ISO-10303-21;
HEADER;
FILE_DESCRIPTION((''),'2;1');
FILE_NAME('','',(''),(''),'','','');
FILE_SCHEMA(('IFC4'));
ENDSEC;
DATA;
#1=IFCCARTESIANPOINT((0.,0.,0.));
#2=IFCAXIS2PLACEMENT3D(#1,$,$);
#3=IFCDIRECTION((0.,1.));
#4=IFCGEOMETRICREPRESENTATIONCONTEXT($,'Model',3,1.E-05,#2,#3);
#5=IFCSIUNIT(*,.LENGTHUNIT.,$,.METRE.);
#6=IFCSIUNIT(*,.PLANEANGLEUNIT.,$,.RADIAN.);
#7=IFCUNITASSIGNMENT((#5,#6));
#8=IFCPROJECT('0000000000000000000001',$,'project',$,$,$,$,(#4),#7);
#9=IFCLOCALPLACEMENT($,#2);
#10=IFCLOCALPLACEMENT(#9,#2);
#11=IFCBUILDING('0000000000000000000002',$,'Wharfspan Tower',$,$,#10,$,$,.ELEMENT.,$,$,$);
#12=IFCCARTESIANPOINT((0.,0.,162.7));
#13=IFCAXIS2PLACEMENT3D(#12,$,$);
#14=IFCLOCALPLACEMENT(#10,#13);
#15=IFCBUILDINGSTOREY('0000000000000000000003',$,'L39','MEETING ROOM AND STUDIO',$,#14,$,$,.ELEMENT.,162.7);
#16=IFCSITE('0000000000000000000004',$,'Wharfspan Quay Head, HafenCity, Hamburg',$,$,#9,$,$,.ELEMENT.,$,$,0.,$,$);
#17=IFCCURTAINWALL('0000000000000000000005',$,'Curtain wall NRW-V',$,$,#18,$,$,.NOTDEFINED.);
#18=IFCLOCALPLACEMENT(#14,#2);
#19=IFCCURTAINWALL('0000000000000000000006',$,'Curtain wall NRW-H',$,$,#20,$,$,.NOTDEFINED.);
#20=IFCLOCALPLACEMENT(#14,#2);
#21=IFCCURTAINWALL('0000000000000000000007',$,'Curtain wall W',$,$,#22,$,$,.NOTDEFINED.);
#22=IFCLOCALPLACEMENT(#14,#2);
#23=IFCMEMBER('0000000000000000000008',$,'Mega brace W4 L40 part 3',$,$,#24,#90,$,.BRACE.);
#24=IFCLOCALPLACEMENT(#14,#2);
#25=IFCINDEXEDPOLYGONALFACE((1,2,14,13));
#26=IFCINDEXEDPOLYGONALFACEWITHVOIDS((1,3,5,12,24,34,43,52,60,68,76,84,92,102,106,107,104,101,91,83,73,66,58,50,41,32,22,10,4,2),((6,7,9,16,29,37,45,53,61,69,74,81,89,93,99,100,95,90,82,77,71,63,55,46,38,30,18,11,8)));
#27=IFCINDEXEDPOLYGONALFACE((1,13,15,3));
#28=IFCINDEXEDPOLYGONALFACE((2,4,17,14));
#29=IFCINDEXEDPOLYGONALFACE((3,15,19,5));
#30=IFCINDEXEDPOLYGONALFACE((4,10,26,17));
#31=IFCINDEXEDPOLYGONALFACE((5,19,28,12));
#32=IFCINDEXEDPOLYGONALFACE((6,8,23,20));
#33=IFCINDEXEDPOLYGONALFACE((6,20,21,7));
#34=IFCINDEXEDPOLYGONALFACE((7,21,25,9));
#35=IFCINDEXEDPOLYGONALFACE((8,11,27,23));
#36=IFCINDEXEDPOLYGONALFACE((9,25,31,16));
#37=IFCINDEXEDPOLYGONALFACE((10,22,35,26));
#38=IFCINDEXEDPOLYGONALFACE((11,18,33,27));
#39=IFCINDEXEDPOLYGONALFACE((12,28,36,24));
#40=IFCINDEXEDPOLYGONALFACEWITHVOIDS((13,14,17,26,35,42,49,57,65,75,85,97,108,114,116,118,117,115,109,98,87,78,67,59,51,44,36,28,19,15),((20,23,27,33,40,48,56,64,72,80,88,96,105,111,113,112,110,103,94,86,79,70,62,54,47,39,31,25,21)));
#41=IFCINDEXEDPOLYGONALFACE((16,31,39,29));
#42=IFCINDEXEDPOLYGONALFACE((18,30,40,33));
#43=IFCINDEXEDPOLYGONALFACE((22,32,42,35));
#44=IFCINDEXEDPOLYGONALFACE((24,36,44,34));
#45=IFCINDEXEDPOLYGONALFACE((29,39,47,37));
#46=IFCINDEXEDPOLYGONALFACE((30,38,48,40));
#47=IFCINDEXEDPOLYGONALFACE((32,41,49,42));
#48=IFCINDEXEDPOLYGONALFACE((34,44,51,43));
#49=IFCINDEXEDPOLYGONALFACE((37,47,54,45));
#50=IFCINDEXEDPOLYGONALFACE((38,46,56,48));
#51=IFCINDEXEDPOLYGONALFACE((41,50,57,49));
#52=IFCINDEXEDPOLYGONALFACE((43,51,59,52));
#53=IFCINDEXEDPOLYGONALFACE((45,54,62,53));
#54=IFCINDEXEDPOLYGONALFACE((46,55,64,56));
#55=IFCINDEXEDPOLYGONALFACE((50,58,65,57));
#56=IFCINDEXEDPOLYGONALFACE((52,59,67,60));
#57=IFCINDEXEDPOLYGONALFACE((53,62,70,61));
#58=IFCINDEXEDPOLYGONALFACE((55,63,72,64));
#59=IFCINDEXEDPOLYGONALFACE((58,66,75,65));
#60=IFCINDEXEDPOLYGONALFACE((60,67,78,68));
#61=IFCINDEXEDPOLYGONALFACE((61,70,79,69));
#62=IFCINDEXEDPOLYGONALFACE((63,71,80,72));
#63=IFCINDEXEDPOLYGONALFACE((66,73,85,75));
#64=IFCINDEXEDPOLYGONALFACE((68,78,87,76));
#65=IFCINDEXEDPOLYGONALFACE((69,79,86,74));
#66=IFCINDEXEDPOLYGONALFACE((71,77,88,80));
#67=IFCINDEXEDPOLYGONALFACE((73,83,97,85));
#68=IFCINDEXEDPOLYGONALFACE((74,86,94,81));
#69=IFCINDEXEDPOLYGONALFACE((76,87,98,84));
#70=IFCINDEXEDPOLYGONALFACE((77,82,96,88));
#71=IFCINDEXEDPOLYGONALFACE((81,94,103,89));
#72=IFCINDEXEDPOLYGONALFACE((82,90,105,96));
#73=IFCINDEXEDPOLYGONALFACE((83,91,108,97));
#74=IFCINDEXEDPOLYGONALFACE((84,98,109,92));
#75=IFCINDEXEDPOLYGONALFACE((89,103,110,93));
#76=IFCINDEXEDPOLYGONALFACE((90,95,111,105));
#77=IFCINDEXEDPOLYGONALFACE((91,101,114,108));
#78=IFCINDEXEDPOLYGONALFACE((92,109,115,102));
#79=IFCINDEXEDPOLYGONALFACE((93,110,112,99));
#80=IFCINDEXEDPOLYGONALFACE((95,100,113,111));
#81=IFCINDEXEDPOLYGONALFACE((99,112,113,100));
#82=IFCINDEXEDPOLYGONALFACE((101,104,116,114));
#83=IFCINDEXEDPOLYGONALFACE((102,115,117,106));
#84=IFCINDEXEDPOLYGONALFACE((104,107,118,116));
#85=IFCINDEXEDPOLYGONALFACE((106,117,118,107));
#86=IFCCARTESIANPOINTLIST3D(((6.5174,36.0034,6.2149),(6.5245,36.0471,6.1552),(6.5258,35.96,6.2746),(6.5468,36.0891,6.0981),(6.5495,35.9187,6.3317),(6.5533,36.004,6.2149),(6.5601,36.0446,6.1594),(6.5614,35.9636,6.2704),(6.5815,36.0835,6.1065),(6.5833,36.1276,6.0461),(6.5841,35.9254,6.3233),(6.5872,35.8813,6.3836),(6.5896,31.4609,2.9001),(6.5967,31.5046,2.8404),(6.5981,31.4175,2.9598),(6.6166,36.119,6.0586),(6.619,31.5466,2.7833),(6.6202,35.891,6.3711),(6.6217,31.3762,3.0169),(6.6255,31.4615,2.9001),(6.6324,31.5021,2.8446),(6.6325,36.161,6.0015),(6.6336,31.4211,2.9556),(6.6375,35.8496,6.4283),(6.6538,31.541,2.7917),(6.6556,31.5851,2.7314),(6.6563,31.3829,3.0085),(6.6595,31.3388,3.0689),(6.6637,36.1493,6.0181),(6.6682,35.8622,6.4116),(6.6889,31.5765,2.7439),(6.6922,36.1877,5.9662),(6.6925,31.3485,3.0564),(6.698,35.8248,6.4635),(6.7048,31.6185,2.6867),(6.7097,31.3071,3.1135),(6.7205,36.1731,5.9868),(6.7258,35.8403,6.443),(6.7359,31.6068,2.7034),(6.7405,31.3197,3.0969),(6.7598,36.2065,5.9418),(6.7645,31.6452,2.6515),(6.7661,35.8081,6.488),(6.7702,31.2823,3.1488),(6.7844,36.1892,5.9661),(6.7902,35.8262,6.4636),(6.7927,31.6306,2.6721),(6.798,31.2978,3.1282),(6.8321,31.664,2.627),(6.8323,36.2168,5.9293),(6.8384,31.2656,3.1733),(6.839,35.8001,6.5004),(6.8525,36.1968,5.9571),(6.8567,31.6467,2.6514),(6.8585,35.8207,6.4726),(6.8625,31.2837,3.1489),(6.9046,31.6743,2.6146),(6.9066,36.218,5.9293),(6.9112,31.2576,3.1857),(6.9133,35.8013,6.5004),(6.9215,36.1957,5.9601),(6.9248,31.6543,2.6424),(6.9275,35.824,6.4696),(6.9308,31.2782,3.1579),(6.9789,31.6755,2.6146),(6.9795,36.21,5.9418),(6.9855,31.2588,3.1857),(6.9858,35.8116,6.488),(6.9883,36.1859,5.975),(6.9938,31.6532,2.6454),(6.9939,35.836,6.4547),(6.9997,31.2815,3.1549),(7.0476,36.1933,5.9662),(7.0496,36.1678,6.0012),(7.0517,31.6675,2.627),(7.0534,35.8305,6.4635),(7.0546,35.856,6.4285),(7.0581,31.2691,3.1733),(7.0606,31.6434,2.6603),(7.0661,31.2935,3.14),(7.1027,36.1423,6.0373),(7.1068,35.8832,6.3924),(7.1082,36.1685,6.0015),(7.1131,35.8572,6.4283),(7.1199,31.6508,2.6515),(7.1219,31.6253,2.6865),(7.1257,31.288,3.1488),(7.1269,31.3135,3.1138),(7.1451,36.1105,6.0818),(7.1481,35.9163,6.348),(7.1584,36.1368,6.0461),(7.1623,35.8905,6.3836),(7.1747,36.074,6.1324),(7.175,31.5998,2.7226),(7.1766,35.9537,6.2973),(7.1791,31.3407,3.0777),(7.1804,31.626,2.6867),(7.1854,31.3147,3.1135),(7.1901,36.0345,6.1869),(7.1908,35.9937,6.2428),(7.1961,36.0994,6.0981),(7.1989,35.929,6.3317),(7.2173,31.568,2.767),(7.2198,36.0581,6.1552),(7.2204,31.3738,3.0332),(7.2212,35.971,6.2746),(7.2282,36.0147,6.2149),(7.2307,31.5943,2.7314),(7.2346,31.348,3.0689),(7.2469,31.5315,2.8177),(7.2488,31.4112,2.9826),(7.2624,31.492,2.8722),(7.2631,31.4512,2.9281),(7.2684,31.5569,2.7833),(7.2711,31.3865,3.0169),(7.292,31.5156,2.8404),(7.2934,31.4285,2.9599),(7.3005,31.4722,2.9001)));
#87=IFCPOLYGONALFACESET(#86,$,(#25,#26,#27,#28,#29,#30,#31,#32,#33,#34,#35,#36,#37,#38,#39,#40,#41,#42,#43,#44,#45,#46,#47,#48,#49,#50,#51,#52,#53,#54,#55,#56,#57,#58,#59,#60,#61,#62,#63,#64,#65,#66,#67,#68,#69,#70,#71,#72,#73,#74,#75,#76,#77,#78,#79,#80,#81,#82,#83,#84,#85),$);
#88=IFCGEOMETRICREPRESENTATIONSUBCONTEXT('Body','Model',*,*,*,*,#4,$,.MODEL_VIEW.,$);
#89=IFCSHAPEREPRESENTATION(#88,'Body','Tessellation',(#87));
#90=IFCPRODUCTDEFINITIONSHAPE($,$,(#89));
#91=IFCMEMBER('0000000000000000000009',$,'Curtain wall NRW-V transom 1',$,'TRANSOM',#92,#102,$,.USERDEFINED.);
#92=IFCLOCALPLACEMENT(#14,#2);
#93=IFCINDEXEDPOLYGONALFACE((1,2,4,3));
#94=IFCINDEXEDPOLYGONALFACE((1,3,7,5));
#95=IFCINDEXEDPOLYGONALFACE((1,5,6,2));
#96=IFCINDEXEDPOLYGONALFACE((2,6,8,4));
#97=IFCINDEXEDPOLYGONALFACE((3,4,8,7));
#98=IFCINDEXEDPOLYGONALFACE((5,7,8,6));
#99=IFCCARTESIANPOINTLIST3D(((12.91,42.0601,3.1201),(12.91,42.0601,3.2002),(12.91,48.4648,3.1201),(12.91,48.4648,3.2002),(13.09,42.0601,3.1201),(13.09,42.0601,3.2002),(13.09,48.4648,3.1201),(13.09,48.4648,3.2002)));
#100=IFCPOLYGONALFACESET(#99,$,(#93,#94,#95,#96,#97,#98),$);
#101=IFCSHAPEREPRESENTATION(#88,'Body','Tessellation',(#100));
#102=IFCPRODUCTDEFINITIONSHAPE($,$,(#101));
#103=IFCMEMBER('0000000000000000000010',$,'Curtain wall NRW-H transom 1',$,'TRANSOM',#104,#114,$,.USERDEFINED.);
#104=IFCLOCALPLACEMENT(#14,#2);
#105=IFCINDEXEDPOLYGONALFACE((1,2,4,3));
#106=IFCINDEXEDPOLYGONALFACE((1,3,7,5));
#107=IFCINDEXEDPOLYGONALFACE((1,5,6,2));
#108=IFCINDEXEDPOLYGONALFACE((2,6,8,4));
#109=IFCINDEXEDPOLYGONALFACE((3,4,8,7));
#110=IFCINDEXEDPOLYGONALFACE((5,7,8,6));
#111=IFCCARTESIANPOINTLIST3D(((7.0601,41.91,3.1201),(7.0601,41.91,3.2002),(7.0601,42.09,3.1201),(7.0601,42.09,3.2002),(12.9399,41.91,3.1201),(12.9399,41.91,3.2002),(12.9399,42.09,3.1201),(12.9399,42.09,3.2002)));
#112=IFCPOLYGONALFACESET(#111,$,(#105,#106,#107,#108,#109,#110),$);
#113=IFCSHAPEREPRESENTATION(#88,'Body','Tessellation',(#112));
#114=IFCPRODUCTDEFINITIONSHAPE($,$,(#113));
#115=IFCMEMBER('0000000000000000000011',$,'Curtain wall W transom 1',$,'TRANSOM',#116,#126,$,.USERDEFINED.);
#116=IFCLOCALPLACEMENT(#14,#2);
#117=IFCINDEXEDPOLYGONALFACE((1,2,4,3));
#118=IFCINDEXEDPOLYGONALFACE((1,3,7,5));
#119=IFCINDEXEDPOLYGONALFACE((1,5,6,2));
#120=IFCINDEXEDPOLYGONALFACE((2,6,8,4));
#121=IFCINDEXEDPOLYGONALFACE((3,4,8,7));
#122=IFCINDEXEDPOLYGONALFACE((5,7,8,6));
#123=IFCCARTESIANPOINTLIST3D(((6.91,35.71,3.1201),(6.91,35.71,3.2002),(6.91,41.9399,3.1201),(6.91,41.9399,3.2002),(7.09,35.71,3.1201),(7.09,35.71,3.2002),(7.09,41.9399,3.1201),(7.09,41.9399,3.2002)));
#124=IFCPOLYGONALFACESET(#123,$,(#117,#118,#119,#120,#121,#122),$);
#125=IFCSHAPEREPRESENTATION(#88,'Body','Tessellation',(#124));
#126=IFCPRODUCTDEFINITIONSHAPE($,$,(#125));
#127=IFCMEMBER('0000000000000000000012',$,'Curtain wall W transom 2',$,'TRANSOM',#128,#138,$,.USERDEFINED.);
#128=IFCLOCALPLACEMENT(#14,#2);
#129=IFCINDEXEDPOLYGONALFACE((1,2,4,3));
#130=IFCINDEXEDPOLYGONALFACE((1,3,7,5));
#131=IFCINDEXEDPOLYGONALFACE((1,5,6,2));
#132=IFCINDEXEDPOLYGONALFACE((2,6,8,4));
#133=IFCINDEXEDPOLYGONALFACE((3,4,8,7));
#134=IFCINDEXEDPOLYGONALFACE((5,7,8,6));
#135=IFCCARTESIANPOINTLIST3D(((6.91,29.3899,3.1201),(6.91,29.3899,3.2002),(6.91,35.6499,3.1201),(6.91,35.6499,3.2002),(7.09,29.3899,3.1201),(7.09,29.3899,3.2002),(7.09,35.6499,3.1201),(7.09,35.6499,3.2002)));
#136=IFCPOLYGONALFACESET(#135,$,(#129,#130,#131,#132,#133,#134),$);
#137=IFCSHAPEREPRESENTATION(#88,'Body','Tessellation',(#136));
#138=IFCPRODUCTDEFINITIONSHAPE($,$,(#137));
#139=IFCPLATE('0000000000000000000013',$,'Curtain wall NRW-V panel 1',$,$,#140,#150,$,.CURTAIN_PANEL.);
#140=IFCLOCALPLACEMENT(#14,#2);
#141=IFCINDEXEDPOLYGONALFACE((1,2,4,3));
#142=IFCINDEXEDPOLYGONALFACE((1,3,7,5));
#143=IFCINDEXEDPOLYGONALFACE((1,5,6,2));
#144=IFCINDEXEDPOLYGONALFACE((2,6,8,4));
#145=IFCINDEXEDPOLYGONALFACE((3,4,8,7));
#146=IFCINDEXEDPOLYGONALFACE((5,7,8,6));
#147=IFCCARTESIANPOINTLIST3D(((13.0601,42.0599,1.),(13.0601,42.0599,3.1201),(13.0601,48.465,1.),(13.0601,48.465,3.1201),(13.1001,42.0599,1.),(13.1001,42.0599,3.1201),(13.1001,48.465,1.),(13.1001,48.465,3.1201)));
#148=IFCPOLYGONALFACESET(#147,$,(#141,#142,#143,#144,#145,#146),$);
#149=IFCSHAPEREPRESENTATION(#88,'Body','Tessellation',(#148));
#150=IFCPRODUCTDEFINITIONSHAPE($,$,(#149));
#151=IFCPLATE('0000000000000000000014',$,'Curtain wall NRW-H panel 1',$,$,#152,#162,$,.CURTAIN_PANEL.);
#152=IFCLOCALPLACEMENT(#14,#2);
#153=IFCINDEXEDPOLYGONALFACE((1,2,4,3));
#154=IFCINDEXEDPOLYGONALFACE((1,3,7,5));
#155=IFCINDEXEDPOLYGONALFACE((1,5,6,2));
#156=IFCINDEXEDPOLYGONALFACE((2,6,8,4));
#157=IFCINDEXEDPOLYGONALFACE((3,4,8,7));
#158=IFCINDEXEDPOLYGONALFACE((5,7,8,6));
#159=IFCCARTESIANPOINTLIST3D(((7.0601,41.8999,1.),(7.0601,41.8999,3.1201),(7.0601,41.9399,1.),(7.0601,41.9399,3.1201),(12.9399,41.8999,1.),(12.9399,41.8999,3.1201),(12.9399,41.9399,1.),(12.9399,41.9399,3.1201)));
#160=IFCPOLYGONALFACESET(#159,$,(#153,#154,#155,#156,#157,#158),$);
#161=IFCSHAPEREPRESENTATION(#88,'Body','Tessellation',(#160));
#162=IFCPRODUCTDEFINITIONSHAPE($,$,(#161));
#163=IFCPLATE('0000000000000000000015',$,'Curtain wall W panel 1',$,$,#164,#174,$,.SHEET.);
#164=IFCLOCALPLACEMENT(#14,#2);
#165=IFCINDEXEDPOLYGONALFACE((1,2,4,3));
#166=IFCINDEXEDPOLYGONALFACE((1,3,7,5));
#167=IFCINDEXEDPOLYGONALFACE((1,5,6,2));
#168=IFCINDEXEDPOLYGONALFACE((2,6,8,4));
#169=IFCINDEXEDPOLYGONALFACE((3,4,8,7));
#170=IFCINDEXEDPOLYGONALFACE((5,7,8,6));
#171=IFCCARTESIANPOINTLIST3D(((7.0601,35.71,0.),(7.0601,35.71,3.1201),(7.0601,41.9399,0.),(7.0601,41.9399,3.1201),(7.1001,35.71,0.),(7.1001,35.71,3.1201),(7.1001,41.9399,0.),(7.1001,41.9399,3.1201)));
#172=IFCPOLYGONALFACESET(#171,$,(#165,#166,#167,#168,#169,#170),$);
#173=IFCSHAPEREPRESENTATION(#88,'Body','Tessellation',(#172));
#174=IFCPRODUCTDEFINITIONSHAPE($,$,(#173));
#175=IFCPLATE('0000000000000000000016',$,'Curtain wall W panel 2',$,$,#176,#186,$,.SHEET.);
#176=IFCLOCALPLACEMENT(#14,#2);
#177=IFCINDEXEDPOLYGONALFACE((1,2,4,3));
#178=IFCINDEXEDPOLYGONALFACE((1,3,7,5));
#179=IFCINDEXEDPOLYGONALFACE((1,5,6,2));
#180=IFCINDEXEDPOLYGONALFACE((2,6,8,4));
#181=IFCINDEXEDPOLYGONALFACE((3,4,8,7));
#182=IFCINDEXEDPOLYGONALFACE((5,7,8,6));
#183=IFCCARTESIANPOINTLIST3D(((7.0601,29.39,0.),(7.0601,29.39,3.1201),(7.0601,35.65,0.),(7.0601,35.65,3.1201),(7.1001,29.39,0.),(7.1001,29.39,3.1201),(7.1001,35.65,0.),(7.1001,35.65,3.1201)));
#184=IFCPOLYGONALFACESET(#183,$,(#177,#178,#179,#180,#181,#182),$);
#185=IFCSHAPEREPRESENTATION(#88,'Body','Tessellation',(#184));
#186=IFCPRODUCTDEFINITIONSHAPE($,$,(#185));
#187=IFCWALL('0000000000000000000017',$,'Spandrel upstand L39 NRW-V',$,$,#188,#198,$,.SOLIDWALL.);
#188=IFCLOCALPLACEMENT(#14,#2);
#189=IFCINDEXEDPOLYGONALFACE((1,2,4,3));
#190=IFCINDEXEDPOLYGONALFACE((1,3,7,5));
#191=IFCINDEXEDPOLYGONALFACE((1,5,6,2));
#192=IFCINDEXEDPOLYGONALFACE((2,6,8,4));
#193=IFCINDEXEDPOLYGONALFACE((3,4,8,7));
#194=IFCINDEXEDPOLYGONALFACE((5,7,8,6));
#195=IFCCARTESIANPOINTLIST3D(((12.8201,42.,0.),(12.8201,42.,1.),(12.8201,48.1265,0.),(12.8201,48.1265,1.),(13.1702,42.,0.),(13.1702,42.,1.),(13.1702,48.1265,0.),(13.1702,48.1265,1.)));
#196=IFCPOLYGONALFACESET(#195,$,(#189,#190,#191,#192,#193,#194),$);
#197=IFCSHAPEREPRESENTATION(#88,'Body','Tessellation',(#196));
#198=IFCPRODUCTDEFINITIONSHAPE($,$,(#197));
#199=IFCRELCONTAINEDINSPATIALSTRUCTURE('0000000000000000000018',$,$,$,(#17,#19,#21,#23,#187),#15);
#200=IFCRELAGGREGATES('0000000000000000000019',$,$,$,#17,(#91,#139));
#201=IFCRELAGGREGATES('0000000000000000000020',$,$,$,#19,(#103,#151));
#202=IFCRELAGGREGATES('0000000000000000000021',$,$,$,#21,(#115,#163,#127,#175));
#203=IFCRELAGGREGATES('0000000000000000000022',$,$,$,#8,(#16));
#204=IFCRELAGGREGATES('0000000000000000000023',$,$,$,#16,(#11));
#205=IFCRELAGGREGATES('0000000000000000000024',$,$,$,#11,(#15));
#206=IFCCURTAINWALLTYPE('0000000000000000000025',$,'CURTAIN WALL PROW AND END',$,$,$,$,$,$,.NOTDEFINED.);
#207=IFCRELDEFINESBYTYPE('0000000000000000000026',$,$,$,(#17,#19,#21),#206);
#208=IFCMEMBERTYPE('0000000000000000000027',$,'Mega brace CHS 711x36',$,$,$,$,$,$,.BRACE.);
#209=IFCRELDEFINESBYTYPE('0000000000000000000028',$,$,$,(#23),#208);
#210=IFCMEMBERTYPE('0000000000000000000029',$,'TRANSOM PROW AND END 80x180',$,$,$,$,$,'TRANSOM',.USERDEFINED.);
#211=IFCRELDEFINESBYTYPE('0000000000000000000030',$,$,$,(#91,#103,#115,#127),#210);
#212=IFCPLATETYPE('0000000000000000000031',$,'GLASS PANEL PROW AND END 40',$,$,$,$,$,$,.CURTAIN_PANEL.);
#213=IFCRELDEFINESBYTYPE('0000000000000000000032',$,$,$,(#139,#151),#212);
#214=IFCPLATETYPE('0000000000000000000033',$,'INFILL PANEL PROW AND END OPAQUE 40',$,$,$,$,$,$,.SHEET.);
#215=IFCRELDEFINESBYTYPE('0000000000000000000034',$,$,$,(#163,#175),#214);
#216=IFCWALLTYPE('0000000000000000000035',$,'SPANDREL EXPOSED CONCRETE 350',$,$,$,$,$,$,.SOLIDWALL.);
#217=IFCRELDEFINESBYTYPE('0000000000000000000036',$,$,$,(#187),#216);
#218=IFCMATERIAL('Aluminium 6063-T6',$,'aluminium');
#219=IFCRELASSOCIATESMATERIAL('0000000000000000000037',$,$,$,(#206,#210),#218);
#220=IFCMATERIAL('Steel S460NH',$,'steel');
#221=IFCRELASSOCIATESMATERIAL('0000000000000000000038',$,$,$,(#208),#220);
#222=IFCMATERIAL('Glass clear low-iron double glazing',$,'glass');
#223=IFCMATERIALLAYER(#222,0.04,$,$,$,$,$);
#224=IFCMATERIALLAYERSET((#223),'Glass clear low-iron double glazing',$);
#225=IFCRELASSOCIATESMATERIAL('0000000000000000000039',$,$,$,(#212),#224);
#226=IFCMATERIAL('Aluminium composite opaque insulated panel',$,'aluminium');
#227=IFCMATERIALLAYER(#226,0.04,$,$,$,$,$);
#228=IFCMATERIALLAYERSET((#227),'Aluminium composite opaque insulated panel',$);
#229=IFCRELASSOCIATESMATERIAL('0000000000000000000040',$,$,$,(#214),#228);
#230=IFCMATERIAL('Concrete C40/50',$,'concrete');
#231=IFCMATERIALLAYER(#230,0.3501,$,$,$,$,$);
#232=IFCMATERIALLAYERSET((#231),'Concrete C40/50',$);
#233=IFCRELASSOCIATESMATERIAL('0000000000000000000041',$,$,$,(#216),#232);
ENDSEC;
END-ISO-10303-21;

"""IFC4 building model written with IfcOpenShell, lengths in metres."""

from ifc_helpers import new_model, si_unit, direction, frame, frame_2d, origin, origin_2d, place, context, subcontext, project, spatial, rectangle, hollow_circle, extrude, material, layer, layer_set, material_profile, profile_set, type_object, element, aggregate, save


model = new_model("IFC4")

# Units and contexts
model_context = context("Model", 3, precision=1e-05, world=origin(), true_north=direction((0.0, 1.0)))
body_context = subcontext(model_context, "Body", "Model", "MODEL_VIEW")
ifc_project = project(units=[si_unit("LENGTHUNIT", "METRE"), si_unit("PLANEANGLEUNIT", "RADIAN")], contexts=[model_context])

# Site, building, storey
site_placement = place(None, origin())
site = spatial("IfcSite", under=ifc_project, at=site_placement, Name="Wharfspan Quay Head, HafenCity, Hamburg", CompositionType="ELEMENT", RefElevation=0.0)
building_placement = place(site_placement, origin())
building = spatial("IfcBuilding", under=site, at=building_placement, Name="Wharfspan Tower", CompositionType="ELEMENT")
storey_placement = place(building_placement, frame((0.0, 0.0, 162.7)))
storey = spatial("IfcBuildingStorey", under=building, at=storey_placement, Name="L39", Description="MEETING ROOM AND STUDIO", CompositionType="ELEMENT", Elevation=162.7)

# Curtain walls
ifc_material_1 = material(Name="Aluminium 6063-T6", Category="aluminium")
curtain_wall_type = type_object("IfcCurtainWallType", Name="CURTAIN WALL PROW AND END", PredefinedType="NOTDEFINED", material=ifc_material_1)
curtain_wall_1_placement = place(storey_placement, origin())
curtain_wall_1 = element("IfcCurtainWall", 1, at=curtain_wall_1_placement, inside=storey, type_object=curtain_wall_type, Name="Curtain wall NRW-V", PredefinedType="NOTDEFINED")
curtain_wall_2_placement = place(storey_placement, origin())
curtain_wall_2 = element("IfcCurtainWall", 2, at=curtain_wall_2_placement, inside=storey, type_object=curtain_wall_type, Name="Curtain wall NRW-H", PredefinedType="NOTDEFINED")
curtain_wall_3_placement = place(storey_placement, origin())
curtain_wall_3 = element("IfcCurtainWall", 3, at=curtain_wall_3_placement, inside=storey, type_object=curtain_wall_type, Name="Curtain wall W", PredefinedType="NOTDEFINED")

# Member
ifc_material_2 = material(Name="Steel S460NH", Category="steel")
ifc_material_profile_1 = material_profile(ifc_material_2, hollow_circle(Radius=0.3555, WallThickness=0.0359, at=origin_2d()))
ifc_profile_set_1 = profile_set([ifc_material_profile_1], Name="Steel S460NH")
member_type_1 = type_object("IfcMemberType", Name="Mega brace CHS 711x36", PredefinedType="BRACE", material=ifc_profile_set_1)
member_1_placement = place(storey_placement, frame((6.9451, 31.4666, 2.9001), z_axis=(-0.01285, 0.807732, 0.58941), x_axis=(-0.999874, -0.015906, -0.000001)))
element("IfcMember", 4, at=member_1_placement, inside=storey, type_object=member_type_1, Name="Mega brace W4 L40 part 3", PredefinedType="BRACE", context=body_context, shape_type="SweptSolid", body=[
    extrude(hollow_circle(Radius=0.3555, WallThickness=0.0359, at=origin_2d()), origin(), (0.0, 0.0, 1.0), 5.6238),
])

# Members
ifc_material_profile_2 = material_profile(ifc_material_1, rectangle(XDim=0.1799, YDim=0.0801, at=origin_2d()))
ifc_profile_set_2 = profile_set([ifc_material_profile_2], Name="Aluminium 6063-T6")
member_type_2 = type_object("IfcMemberType", Name="TRANSOM PROW AND END 80x180", ElementType="TRANSOM", PredefinedType="USERDEFINED", material=ifc_profile_set_2)
member_2_placement = place(storey_placement, frame((13.0, 48.4648, 3.1602), z_axis=(0.0, -1.0, 0.0), x_axis=(1.0, 0.0, 0.0)))
member_2 = element("IfcMember", 5, at=member_2_placement, type_object=member_type_2, Name="Curtain wall NRW-V transom 1", ObjectType="TRANSOM", PredefinedType="USERDEFINED", context=body_context, shape_type="SweptSolid", body=[
    extrude(rectangle(XDim=0.1799, YDim=0.0801, at=origin_2d()), origin(), (0.0, 0.0, 1.0), 6.4048),
])
member_3_placement = place(storey_placement, frame((12.9399, 42.0, 3.1602), z_axis=(-1.0, 0.0, 0.0), x_axis=(0.0, -1.0, 0.0)))
member_3 = element("IfcMember", 6, at=member_3_placement, type_object=member_type_2, Name="Curtain wall NRW-H transom 1", ObjectType="TRANSOM", PredefinedType="USERDEFINED", context=body_context, shape_type="SweptSolid", body=[
    extrude(rectangle(XDim=0.1799, YDim=0.0801, at=origin_2d()), origin(), (0.0, 0.0, 1.0), 5.8799),
])
member_4_placement = place(storey_placement, frame((7.0, 41.9399, 3.1602), z_axis=(0.0, -1.0, 0.0), x_axis=(1.0, 0.0, 0.0)))
member_4 = element("IfcMember", 7, at=member_4_placement, type_object=member_type_2, Name="Curtain wall W transom 1", ObjectType="TRANSOM", PredefinedType="USERDEFINED", context=body_context, shape_type="SweptSolid", body=[
    extrude(rectangle(XDim=0.1799, YDim=0.0801, at=origin_2d()), origin(), (0.0, 0.0, 1.0), 6.23),
])
member_5_placement = place(storey_placement, frame((7.0, 35.6499, 3.1602), z_axis=(0.0, -1.0, 0.0), x_axis=(1.0, 0.0, 0.0)))
member_5 = element("IfcMember", 8, at=member_5_placement, type_object=member_type_2, Name="Curtain wall W transom 2", ObjectType="TRANSOM", PredefinedType="USERDEFINED", context=body_context, shape_type="SweptSolid", body=[
    extrude(rectangle(XDim=0.1799, YDim=0.0801, at=origin_2d()), origin(), (0.0, 0.0, 1.0), 6.26),
])

# Plates
ifc_material_3 = material(Name="Glass clear low-iron double glazing", Category="glass")
ifc_layer_1 = layer(ifc_material_3, 0.04)
ifc_layer_set_1 = layer_set([ifc_layer_1], Name="Glass clear low-iron double glazing")
plate_type_1 = type_object("IfcPlateType", Name="GLASS PANEL PROW AND END 40", PredefinedType="CURTAIN_PANEL", material=ifc_layer_set_1)
plate_1_placement = place(storey_placement, frame((13.0801, 45.2625, 1.0), z_axis=(0.0, 0.0, 1.0), x_axis=(0.0, -1.0, 0.0)))
plate_1 = element("IfcPlate", 9, at=plate_1_placement, type_object=plate_type_1, Name="Curtain wall NRW-V panel 1", PredefinedType="CURTAIN_PANEL", context=body_context, shape_type="SweptSolid", body=[
    extrude(rectangle(XDim=6.405, YDim=0.04, at=origin_2d()), origin(), (0.0, 0.0, 1.0), 2.1201),
])
aggregate(curtain_wall_1, [member_2, plate_1])
plate_2_placement = place(storey_placement, frame((10.0, 41.9199, 1.0), z_axis=(0.0, 0.0, 1.0), x_axis=(-1.0, 0.0, 0.0)))
plate_2 = element("IfcPlate", 10, at=plate_2_placement, type_object=plate_type_1, Name="Curtain wall NRW-H panel 1", PredefinedType="CURTAIN_PANEL", context=body_context, shape_type="SweptSolid", body=[
    extrude(rectangle(XDim=5.8799, YDim=0.04, at=origin_2d()), origin(), (0.0, 0.0, 1.0), 2.1201),
])
aggregate(curtain_wall_2, [member_3, plate_2])
ifc_material_4 = material(Name="Aluminium composite opaque insulated panel", Category="aluminium")
ifc_layer_2 = layer(ifc_material_4, 0.04)
ifc_layer_set_2 = layer_set([ifc_layer_2], Name="Aluminium composite opaque insulated panel")
plate_type_2 = type_object("IfcPlateType", Name="INFILL PANEL PROW AND END OPAQUE 40", PredefinedType="SHEET", material=ifc_layer_set_2)
plate_3_placement = place(storey_placement, frame((7.0801, 38.825, 0.0), z_axis=(0.0, 0.0, 1.0), x_axis=(0.0, -1.0, 0.0)))
plate_3 = element("IfcPlate", 11, at=plate_3_placement, type_object=plate_type_2, Name="Curtain wall W panel 1", PredefinedType="SHEET", context=body_context, shape_type="SweptSolid", body=[
    extrude(rectangle(XDim=6.23, YDim=0.04, at=origin_2d()), origin(), (0.0, 0.0, 1.0), 3.1201),
])
plate_4_placement = place(storey_placement, frame((7.0801, 32.52, 0.0), z_axis=(0.0, 0.0, 1.0), x_axis=(0.0, -1.0, 0.0)))
plate_4 = element("IfcPlate", 12, at=plate_4_placement, type_object=plate_type_2, Name="Curtain wall W panel 2", PredefinedType="SHEET", context=body_context, shape_type="SweptSolid", body=[
    extrude(rectangle(XDim=6.26, YDim=0.04, at=origin_2d()), origin(), (0.0, 0.0, 1.0), 3.1201),
])
aggregate(curtain_wall_3, [member_4, plate_3, member_5, plate_4])

# Wall
ifc_material_5 = material(Name="Concrete C40/50", Category="concrete")
ifc_layer_3 = layer(ifc_material_5, 0.3501)
ifc_layer_set_3 = layer_set([ifc_layer_3], Name="Concrete C40/50")
wall_type = type_object("IfcWallType", Name="SPANDREL EXPOSED CONCRETE 350", PredefinedType="SOLIDWALL", material=ifc_layer_set_3)
wall_1_placement = place(storey_placement, frame((12.9951, 48.1265, 0.0), z_axis=(0.0, 0.0, 1.0), x_axis=(0.0, -1.0, 0.0)))
element("IfcWall", 13, at=wall_1_placement, inside=storey, type_object=wall_type, Name="Spandrel upstand L39 NRW-V", PredefinedType="SOLIDWALL", context=body_context, shape_type="SweptSolid", body=[
    extrude(rectangle(XDim=6.1265, YDim=0.3501, at=frame_2d((3.0632, 0.0))), origin(), (0.0, 0.0, 1.0), 1.0),
])

save(model, "model.ifc")
